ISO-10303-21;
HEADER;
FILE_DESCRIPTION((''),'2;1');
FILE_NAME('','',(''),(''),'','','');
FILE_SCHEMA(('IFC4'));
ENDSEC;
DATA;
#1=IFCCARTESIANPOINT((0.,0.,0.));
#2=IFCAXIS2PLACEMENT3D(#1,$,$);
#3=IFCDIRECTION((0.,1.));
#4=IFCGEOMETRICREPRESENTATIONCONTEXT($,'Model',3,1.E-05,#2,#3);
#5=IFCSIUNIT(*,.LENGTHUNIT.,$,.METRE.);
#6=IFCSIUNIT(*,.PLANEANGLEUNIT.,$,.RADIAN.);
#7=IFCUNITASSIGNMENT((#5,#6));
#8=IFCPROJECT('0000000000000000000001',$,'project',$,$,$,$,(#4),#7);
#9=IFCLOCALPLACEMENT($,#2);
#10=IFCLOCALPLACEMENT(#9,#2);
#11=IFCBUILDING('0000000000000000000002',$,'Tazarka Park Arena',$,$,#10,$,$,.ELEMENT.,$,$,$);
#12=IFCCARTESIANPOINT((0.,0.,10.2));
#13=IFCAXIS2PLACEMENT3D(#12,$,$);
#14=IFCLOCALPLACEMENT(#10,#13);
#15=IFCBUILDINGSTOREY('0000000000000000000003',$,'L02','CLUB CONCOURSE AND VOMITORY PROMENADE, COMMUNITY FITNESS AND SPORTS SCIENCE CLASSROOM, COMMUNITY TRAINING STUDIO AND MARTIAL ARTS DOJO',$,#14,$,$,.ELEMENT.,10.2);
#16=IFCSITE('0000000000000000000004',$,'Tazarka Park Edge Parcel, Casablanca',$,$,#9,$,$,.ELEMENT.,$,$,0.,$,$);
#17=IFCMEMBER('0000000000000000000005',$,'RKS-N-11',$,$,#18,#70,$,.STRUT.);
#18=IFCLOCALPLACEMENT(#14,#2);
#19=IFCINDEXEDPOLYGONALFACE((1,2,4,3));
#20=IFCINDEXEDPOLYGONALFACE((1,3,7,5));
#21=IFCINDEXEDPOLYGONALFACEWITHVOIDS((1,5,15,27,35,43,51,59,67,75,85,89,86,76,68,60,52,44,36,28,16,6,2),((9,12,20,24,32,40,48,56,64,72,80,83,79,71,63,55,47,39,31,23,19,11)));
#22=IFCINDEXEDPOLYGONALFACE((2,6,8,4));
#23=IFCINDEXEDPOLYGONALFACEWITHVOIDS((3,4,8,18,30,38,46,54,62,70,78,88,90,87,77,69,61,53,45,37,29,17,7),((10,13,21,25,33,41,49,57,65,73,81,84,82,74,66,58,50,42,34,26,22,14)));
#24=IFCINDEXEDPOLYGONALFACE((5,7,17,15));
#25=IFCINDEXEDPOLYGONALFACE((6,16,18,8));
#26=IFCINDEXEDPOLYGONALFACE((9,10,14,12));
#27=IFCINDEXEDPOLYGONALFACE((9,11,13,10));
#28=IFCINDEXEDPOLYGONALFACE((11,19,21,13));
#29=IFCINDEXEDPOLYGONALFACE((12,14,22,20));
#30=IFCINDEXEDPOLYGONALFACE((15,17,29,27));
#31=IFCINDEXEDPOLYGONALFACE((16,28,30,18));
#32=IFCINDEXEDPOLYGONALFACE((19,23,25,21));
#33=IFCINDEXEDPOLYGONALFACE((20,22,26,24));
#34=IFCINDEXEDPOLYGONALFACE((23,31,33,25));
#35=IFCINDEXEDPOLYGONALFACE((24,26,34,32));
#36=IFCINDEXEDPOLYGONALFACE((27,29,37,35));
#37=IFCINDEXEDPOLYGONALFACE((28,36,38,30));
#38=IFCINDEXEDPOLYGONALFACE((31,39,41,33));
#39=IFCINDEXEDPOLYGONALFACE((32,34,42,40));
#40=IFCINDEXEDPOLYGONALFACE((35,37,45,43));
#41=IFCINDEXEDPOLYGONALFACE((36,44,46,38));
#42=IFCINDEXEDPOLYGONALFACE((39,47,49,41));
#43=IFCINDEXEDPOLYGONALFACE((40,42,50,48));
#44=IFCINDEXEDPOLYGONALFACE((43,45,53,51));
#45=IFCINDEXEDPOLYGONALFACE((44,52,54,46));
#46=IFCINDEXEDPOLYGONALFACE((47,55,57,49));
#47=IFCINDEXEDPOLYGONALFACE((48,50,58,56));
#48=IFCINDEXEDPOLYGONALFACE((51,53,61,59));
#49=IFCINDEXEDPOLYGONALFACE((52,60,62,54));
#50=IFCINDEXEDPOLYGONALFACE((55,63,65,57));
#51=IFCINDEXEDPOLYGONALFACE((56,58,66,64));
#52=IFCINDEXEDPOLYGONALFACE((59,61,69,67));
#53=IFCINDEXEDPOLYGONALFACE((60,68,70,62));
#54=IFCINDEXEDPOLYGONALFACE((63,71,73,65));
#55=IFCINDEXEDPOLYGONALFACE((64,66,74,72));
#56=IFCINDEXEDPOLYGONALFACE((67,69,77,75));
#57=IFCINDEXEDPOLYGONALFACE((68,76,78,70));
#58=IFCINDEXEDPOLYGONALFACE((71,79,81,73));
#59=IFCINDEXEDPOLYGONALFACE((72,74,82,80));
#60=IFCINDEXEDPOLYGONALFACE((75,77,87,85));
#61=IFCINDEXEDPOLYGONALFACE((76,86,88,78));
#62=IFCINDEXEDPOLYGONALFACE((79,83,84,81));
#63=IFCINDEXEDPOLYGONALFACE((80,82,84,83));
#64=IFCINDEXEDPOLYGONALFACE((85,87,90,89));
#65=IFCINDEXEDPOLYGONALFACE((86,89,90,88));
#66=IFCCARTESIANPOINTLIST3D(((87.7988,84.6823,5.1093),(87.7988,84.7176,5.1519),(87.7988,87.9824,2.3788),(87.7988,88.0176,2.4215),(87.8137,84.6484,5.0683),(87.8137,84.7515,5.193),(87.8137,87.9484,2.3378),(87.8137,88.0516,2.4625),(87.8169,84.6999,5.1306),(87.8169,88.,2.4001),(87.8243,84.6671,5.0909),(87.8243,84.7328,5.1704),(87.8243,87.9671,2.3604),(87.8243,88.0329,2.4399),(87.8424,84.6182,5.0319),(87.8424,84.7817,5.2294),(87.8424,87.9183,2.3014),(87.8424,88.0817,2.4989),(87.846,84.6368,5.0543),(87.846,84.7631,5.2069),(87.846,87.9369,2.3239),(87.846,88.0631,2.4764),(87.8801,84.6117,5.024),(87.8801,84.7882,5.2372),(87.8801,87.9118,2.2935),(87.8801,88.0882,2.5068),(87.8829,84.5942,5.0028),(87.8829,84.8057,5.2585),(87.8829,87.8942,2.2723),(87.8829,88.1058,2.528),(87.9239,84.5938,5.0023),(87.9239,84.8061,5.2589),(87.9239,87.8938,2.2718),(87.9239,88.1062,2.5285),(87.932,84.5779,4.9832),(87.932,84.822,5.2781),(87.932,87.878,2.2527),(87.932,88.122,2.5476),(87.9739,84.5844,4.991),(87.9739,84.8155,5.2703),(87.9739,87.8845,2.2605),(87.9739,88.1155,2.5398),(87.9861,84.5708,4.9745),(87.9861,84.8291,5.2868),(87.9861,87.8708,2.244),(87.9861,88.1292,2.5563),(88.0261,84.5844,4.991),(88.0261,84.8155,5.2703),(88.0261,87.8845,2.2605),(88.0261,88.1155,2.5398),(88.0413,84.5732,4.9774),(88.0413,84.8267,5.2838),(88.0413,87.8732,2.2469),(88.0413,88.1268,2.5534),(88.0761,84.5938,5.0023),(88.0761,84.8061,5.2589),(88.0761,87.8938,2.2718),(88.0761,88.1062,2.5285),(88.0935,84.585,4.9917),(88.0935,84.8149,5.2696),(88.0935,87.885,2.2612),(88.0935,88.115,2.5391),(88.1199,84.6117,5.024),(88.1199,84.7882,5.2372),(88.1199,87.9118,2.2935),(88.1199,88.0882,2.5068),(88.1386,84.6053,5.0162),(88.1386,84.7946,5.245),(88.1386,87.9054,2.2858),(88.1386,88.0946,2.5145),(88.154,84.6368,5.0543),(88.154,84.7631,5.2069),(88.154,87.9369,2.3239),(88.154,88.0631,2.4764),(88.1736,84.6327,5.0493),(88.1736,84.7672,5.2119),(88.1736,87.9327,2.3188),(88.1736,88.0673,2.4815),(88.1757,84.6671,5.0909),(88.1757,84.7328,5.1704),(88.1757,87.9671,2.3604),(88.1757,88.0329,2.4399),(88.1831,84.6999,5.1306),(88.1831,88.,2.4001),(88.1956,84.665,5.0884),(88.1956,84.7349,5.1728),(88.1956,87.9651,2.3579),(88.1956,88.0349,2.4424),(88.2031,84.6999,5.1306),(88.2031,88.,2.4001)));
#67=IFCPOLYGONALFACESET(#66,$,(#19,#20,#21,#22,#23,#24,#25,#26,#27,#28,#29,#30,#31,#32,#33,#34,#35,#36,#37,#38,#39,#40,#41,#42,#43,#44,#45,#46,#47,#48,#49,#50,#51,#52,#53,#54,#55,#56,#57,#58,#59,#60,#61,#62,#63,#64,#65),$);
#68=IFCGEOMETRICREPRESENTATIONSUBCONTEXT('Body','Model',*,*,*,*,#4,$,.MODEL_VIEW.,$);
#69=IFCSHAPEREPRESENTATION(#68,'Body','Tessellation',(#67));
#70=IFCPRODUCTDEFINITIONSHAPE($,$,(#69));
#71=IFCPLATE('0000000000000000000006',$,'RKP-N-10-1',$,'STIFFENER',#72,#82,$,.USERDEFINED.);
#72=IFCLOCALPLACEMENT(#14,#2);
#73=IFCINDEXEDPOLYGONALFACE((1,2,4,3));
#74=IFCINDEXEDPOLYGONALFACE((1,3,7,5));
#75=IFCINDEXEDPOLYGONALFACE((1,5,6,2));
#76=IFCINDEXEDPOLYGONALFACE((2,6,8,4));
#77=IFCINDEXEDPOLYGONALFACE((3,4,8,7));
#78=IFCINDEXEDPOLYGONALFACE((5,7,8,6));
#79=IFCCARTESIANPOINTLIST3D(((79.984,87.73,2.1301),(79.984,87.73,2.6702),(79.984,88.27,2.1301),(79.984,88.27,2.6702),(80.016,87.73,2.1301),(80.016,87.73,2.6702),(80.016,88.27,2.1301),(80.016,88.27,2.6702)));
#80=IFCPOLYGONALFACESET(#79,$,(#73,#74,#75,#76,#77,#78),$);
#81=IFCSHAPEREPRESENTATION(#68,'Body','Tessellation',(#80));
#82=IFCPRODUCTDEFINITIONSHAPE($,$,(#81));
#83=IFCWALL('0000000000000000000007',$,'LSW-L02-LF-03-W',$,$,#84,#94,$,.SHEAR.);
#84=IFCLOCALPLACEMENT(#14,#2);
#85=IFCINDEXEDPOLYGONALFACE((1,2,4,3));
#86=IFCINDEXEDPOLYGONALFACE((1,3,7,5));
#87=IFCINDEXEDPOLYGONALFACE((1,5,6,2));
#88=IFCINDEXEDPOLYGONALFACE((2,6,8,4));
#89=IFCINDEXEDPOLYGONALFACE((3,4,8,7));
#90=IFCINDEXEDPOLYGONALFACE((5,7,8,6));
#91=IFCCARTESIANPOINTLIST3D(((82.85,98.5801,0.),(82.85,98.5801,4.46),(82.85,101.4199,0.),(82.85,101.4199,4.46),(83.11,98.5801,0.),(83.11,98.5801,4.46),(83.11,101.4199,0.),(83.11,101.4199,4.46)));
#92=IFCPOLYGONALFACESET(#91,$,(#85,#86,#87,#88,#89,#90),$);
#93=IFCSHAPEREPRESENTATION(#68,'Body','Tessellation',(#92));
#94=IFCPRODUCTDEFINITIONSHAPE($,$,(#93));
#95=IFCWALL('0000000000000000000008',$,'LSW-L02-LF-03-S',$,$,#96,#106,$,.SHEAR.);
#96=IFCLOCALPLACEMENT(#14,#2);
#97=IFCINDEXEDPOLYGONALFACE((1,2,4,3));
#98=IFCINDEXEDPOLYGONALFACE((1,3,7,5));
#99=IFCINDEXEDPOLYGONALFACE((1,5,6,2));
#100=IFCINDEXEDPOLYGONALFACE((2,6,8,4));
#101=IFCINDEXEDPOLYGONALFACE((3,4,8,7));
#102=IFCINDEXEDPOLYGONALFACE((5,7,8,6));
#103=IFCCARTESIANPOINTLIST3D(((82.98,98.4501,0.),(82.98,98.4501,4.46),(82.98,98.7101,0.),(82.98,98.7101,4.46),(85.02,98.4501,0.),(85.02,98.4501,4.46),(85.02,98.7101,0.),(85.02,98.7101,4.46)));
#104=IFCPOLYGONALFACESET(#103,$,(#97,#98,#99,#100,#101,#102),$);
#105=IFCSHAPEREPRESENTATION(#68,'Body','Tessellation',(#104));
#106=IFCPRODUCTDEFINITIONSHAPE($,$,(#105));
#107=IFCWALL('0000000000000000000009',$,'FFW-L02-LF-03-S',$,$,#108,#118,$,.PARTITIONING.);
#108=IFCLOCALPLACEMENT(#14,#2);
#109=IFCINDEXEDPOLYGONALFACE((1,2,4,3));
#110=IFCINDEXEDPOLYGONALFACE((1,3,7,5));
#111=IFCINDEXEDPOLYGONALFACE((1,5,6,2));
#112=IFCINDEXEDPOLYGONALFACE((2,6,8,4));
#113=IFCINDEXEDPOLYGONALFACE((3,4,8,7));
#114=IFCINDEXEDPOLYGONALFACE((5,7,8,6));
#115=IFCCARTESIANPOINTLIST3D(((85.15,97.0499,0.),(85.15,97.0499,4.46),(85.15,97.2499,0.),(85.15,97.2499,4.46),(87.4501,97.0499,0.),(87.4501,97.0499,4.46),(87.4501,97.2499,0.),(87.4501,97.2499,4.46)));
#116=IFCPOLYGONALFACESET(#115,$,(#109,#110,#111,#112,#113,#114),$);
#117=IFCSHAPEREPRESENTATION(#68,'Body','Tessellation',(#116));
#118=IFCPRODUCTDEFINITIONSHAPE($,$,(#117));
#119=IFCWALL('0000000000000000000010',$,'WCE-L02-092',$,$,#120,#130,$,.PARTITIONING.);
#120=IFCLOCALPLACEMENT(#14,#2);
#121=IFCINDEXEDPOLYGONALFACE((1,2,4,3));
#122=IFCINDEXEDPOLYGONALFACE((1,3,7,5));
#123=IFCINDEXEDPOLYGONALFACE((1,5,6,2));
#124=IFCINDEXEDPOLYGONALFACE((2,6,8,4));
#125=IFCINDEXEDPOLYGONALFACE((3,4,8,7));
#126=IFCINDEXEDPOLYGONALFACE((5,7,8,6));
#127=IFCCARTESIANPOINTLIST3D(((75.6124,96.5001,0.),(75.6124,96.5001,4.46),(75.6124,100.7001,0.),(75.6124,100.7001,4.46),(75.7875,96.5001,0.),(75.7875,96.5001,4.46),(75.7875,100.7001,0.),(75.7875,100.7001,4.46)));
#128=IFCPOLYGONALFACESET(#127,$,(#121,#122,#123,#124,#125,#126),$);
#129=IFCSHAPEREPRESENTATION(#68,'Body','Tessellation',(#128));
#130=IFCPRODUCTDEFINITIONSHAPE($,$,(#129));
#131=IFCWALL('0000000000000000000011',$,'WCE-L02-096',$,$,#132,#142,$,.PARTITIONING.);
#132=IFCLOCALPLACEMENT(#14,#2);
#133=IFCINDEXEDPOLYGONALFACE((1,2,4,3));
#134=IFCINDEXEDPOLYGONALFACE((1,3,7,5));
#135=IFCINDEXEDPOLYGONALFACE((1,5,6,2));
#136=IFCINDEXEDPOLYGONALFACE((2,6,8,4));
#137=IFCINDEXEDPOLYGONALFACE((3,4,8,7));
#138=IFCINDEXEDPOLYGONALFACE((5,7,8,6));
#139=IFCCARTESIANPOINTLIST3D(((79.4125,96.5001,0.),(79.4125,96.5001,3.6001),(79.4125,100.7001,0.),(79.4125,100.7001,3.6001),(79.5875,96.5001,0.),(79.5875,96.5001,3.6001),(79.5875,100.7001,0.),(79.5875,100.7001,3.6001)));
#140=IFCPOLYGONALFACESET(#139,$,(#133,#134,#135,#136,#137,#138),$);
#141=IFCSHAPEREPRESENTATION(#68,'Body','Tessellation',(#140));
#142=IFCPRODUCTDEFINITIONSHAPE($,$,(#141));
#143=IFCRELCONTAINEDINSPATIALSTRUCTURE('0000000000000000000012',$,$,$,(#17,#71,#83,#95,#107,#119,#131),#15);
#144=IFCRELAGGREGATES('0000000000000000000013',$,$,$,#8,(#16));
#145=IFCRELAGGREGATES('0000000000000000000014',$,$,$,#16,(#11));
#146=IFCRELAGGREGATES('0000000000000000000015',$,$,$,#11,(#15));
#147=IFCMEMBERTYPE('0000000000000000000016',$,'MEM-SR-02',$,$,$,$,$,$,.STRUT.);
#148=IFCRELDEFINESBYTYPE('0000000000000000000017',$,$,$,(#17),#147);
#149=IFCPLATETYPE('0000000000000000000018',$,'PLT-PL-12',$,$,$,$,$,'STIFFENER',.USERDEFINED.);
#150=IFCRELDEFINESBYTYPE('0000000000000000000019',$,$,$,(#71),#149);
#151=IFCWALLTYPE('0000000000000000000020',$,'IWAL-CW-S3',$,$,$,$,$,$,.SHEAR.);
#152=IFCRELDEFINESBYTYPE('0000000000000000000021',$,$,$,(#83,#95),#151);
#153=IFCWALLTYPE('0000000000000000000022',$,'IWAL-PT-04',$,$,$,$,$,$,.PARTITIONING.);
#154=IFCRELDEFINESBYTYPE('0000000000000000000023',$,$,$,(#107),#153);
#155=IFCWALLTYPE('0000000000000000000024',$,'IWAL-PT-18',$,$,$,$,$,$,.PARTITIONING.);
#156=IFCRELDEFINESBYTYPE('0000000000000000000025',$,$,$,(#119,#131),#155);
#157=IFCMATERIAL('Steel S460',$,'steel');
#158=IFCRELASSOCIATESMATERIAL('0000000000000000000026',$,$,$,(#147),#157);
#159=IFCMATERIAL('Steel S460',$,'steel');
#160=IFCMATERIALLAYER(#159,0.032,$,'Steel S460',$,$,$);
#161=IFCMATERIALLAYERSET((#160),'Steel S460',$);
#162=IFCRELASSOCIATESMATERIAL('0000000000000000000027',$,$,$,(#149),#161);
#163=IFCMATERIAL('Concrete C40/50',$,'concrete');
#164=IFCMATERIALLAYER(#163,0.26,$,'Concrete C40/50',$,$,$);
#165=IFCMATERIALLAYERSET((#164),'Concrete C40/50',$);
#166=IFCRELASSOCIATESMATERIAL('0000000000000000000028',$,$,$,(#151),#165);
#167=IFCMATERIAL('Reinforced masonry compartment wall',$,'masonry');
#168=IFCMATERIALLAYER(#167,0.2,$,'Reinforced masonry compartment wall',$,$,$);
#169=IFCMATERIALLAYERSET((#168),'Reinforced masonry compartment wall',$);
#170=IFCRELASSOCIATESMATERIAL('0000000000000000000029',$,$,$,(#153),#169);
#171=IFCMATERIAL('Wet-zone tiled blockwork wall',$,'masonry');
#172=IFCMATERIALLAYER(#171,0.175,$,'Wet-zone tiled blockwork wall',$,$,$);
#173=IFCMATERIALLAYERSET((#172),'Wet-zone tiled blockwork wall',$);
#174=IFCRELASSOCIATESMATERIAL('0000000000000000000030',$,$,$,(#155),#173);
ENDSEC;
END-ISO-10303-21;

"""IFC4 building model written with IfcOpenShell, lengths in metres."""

from ifc_helpers import new_model, si_unit, direction, frame, frame_2d, origin, origin_2d, place, context, subcontext, project, spatial, rectangle, hollow_circle, extrude, material, layer, layer_set, material_profile, profile_set, type_object, element, save


model = new_model("IFC4")

# Units and contexts
model_context = context("Model", 3, precision=1e-05, world=origin(), true_north=direction((0.0, 1.0)))
body_context = subcontext(model_context, "Body", "Model", "MODEL_VIEW")
ifc_project = project(units=[si_unit("LENGTHUNIT", "METRE"), si_unit("PLANEANGLEUNIT", "RADIAN")], contexts=[model_context])

# Site, building, storey
site_placement = place(None, origin())
site = spatial("IfcSite", under=ifc_project, at=site_placement, Name="Tazarka Park Edge Parcel, Casablanca", CompositionType="ELEMENT", RefElevation=0.0)
building_placement = place(site_placement, origin())
building = spatial("IfcBuilding", under=site, at=building_placement, Name="Tazarka Park Arena", CompositionType="ELEMENT")
storey_placement = place(building_placement, frame((0.0, 0.0, 10.2)))
storey = spatial("IfcBuildingStorey", under=building, at=storey_placement, Name="L02", Description="CLUB CONCOURSE AND VOMITORY PROMENADE, COMMUNITY FITNESS AND SPORTS SCIENCE CLASSROOM, COMMUNITY TRAINING STUDIO AND MARTIAL ARTS DOJO", CompositionType="ELEMENT", Elevation=10.2)

# Member
ifc_material_1 = material(Name="Steel S460", Category="steel")
ifc_material_profile_1 = material_profile(ifc_material_1, hollow_circle(Radius=0.2031, WallThickness=0.02, at=origin_2d()), Name="Steel S460")
ifc_profile_set_1 = profile_set([ifc_material_profile_1], Name="Steel S460")
member_type = type_object("IfcMemberType", Name="MEM-SR-02", PredefinedType="STRUT", material=ifc_profile_set_1)
for number, where, z_axis, x_axis, name in (
    (1, (88.0, 88.0, 2.4001), (0.0, -0.770464, 0.637484), (1.0, 0.0, 0.0), "RKS-N-11"),
):
    element("IfcMember", number, at=place(storey_placement, frame(where, z_axis=z_axis, x_axis=x_axis)), inside=storey, type_object=member_type, Name=name, PredefinedType="STRUT", context=body_context, shape_type="SweptSolid", body=[
        extrude(hollow_circle(Radius=0.2031, WallThickness=0.02, at=origin_2d()), origin(), (0.0, 0.0, 1.0), 4.2832),
    ])

# Plate
ifc_material_2 = material(Name="Steel S460", Category="steel")
ifc_layer_1 = layer(ifc_material_2, 0.032, Name="Steel S460")
ifc_layer_set_1 = layer_set([ifc_layer_1], Name="Steel S460")
plate_type = type_object("IfcPlateType", Name="PLT-PL-12", ElementType="STIFFENER", PredefinedType="USERDEFINED", material=ifc_layer_set_1)
plate_placement = place(storey_placement, frame((80.0, 88.0, 2.1301), z_axis=(0.0, 0.0, 1.0), x_axis=(1.0, 0.0, 0.0)))
element("IfcPlate", 2, at=plate_placement, inside=storey, type_object=plate_type, Name="RKP-N-10-1", ObjectType="STIFFENER", PredefinedType="USERDEFINED", context=body_context, shape_type="SweptSolid", body=[
    extrude(rectangle(XDim=0.032, YDim=0.54, at=origin_2d()), origin(), (0.0, 0.0, 1.0), 0.54),
])

# Walls
ifc_material_3 = material(Name="Concrete C40/50", Category="concrete")
ifc_layer_2 = layer(ifc_material_3, 0.26, Name="Concrete C40/50")
ifc_layer_set_2 = layer_set([ifc_layer_2], Name="Concrete C40/50")
wall_type_1 = type_object("IfcWallType", Name="IWAL-CW-S3", PredefinedType="SHEAR", material=ifc_layer_set_2)
wall_1_placement = place(storey_placement, frame((82.98, 98.5801, 0.0), z_axis=(0.0, 0.0, 1.0), x_axis=(0.0, 1.0, 0.0)))
element("IfcWall", 3, at=wall_1_placement, inside=storey, type_object=wall_type_1, Name="LSW-L02-LF-03-W", PredefinedType="SHEAR", context=body_context, shape_type="SweptSolid", body=[
    extrude(rectangle(XDim=2.8398, YDim=0.26, at=frame_2d((1.4199, 0.0))), origin(), (0.0, 0.0, 1.0), 4.46),
])
wall_2_placement = place(storey_placement, frame((85.02, 98.5801, 0.0), z_axis=(0.0, 0.0, 1.0), x_axis=(-1.0, 0.0, 0.0)))
element("IfcWall", 4, at=wall_2_placement, inside=storey, type_object=wall_type_1, Name="LSW-L02-LF-03-S", PredefinedType="SHEAR", context=body_context, shape_type="SweptSolid", body=[
    extrude(rectangle(XDim=2.04, YDim=0.26, at=frame_2d((1.02, 0.0))), origin(), (0.0, 0.0, 1.0), 4.46),
])
ifc_material_4 = material(Name="Reinforced masonry compartment wall", Category="masonry")
ifc_layer_3 = layer(ifc_material_4, 0.2, Name="Reinforced masonry compartment wall")
ifc_layer_set_3 = layer_set([ifc_layer_3], Name="Reinforced masonry compartment wall")
wall_type_2 = type_object("IfcWallType", Name="IWAL-PT-04", PredefinedType="PARTITIONING", material=ifc_layer_set_3)
wall_3_placement = place(storey_placement, frame((87.45, 97.1499, 0.0), z_axis=(0.0, 0.0, 1.0), x_axis=(-1.0, 0.0, 0.0)))
element("IfcWall", 5, at=wall_3_placement, inside=storey, type_object=wall_type_2, Name="FFW-L02-LF-03-S", PredefinedType="PARTITIONING", context=body_context, shape_type="SweptSolid", body=[
    extrude(rectangle(XDim=2.3, YDim=0.2, at=frame_2d((1.1499, 0.0))), origin(), (0.0, 0.0, 1.0), 4.46),
])

# Shared definitions
ifc_material_5 = material(Name="Wet-zone tiled blockwork wall", Category="masonry")
ifc_layer_4 = layer(ifc_material_5, 0.175, Name="Wet-zone tiled blockwork wall")
ifc_layer_set_4 = layer_set([ifc_layer_4], Name="Wet-zone tiled blockwork wall")
wall_type_3 = type_object("IfcWallType", Name="IWAL-PT-18", PredefinedType="PARTITIONING", material=ifc_layer_set_4)

# Wall
wall_4_placement = place(storey_placement, frame((75.7, 96.5, 0.0), z_axis=(0.0, 0.0, 1.0), x_axis=(0.0, 1.0, 0.0)))
element("IfcWall", 6, at=wall_4_placement, inside=storey, type_object=wall_type_3, Name="WCE-L02-092", PredefinedType="PARTITIONING", context=body_context, shape_type="SweptSolid", body=[
    extrude(rectangle(XDim=4.2, YDim=0.175, at=frame_2d((2.1001, 0.0))), origin(), (0.0, 0.0, 1.0), 4.46),
])

# Wall
wall_5_placement = place(storey_placement, frame((79.5, 96.5, 0.0), z_axis=(0.0, 0.0, 1.0), x_axis=(0.0, 1.0, 0.0)))
element("IfcWall", 7, at=wall_5_placement, inside=storey, type_object=wall_type_3, Name="WCE-L02-096", PredefinedType="PARTITIONING", context=body_context, shape_type="SweptSolid", body=[
    extrude(rectangle(XDim=4.2, YDim=0.175, at=frame_2d((2.1001, 0.0))), origin(), (0.0, 0.0, 1.0), 3.6001),
])

save(model, "model.ifc")
